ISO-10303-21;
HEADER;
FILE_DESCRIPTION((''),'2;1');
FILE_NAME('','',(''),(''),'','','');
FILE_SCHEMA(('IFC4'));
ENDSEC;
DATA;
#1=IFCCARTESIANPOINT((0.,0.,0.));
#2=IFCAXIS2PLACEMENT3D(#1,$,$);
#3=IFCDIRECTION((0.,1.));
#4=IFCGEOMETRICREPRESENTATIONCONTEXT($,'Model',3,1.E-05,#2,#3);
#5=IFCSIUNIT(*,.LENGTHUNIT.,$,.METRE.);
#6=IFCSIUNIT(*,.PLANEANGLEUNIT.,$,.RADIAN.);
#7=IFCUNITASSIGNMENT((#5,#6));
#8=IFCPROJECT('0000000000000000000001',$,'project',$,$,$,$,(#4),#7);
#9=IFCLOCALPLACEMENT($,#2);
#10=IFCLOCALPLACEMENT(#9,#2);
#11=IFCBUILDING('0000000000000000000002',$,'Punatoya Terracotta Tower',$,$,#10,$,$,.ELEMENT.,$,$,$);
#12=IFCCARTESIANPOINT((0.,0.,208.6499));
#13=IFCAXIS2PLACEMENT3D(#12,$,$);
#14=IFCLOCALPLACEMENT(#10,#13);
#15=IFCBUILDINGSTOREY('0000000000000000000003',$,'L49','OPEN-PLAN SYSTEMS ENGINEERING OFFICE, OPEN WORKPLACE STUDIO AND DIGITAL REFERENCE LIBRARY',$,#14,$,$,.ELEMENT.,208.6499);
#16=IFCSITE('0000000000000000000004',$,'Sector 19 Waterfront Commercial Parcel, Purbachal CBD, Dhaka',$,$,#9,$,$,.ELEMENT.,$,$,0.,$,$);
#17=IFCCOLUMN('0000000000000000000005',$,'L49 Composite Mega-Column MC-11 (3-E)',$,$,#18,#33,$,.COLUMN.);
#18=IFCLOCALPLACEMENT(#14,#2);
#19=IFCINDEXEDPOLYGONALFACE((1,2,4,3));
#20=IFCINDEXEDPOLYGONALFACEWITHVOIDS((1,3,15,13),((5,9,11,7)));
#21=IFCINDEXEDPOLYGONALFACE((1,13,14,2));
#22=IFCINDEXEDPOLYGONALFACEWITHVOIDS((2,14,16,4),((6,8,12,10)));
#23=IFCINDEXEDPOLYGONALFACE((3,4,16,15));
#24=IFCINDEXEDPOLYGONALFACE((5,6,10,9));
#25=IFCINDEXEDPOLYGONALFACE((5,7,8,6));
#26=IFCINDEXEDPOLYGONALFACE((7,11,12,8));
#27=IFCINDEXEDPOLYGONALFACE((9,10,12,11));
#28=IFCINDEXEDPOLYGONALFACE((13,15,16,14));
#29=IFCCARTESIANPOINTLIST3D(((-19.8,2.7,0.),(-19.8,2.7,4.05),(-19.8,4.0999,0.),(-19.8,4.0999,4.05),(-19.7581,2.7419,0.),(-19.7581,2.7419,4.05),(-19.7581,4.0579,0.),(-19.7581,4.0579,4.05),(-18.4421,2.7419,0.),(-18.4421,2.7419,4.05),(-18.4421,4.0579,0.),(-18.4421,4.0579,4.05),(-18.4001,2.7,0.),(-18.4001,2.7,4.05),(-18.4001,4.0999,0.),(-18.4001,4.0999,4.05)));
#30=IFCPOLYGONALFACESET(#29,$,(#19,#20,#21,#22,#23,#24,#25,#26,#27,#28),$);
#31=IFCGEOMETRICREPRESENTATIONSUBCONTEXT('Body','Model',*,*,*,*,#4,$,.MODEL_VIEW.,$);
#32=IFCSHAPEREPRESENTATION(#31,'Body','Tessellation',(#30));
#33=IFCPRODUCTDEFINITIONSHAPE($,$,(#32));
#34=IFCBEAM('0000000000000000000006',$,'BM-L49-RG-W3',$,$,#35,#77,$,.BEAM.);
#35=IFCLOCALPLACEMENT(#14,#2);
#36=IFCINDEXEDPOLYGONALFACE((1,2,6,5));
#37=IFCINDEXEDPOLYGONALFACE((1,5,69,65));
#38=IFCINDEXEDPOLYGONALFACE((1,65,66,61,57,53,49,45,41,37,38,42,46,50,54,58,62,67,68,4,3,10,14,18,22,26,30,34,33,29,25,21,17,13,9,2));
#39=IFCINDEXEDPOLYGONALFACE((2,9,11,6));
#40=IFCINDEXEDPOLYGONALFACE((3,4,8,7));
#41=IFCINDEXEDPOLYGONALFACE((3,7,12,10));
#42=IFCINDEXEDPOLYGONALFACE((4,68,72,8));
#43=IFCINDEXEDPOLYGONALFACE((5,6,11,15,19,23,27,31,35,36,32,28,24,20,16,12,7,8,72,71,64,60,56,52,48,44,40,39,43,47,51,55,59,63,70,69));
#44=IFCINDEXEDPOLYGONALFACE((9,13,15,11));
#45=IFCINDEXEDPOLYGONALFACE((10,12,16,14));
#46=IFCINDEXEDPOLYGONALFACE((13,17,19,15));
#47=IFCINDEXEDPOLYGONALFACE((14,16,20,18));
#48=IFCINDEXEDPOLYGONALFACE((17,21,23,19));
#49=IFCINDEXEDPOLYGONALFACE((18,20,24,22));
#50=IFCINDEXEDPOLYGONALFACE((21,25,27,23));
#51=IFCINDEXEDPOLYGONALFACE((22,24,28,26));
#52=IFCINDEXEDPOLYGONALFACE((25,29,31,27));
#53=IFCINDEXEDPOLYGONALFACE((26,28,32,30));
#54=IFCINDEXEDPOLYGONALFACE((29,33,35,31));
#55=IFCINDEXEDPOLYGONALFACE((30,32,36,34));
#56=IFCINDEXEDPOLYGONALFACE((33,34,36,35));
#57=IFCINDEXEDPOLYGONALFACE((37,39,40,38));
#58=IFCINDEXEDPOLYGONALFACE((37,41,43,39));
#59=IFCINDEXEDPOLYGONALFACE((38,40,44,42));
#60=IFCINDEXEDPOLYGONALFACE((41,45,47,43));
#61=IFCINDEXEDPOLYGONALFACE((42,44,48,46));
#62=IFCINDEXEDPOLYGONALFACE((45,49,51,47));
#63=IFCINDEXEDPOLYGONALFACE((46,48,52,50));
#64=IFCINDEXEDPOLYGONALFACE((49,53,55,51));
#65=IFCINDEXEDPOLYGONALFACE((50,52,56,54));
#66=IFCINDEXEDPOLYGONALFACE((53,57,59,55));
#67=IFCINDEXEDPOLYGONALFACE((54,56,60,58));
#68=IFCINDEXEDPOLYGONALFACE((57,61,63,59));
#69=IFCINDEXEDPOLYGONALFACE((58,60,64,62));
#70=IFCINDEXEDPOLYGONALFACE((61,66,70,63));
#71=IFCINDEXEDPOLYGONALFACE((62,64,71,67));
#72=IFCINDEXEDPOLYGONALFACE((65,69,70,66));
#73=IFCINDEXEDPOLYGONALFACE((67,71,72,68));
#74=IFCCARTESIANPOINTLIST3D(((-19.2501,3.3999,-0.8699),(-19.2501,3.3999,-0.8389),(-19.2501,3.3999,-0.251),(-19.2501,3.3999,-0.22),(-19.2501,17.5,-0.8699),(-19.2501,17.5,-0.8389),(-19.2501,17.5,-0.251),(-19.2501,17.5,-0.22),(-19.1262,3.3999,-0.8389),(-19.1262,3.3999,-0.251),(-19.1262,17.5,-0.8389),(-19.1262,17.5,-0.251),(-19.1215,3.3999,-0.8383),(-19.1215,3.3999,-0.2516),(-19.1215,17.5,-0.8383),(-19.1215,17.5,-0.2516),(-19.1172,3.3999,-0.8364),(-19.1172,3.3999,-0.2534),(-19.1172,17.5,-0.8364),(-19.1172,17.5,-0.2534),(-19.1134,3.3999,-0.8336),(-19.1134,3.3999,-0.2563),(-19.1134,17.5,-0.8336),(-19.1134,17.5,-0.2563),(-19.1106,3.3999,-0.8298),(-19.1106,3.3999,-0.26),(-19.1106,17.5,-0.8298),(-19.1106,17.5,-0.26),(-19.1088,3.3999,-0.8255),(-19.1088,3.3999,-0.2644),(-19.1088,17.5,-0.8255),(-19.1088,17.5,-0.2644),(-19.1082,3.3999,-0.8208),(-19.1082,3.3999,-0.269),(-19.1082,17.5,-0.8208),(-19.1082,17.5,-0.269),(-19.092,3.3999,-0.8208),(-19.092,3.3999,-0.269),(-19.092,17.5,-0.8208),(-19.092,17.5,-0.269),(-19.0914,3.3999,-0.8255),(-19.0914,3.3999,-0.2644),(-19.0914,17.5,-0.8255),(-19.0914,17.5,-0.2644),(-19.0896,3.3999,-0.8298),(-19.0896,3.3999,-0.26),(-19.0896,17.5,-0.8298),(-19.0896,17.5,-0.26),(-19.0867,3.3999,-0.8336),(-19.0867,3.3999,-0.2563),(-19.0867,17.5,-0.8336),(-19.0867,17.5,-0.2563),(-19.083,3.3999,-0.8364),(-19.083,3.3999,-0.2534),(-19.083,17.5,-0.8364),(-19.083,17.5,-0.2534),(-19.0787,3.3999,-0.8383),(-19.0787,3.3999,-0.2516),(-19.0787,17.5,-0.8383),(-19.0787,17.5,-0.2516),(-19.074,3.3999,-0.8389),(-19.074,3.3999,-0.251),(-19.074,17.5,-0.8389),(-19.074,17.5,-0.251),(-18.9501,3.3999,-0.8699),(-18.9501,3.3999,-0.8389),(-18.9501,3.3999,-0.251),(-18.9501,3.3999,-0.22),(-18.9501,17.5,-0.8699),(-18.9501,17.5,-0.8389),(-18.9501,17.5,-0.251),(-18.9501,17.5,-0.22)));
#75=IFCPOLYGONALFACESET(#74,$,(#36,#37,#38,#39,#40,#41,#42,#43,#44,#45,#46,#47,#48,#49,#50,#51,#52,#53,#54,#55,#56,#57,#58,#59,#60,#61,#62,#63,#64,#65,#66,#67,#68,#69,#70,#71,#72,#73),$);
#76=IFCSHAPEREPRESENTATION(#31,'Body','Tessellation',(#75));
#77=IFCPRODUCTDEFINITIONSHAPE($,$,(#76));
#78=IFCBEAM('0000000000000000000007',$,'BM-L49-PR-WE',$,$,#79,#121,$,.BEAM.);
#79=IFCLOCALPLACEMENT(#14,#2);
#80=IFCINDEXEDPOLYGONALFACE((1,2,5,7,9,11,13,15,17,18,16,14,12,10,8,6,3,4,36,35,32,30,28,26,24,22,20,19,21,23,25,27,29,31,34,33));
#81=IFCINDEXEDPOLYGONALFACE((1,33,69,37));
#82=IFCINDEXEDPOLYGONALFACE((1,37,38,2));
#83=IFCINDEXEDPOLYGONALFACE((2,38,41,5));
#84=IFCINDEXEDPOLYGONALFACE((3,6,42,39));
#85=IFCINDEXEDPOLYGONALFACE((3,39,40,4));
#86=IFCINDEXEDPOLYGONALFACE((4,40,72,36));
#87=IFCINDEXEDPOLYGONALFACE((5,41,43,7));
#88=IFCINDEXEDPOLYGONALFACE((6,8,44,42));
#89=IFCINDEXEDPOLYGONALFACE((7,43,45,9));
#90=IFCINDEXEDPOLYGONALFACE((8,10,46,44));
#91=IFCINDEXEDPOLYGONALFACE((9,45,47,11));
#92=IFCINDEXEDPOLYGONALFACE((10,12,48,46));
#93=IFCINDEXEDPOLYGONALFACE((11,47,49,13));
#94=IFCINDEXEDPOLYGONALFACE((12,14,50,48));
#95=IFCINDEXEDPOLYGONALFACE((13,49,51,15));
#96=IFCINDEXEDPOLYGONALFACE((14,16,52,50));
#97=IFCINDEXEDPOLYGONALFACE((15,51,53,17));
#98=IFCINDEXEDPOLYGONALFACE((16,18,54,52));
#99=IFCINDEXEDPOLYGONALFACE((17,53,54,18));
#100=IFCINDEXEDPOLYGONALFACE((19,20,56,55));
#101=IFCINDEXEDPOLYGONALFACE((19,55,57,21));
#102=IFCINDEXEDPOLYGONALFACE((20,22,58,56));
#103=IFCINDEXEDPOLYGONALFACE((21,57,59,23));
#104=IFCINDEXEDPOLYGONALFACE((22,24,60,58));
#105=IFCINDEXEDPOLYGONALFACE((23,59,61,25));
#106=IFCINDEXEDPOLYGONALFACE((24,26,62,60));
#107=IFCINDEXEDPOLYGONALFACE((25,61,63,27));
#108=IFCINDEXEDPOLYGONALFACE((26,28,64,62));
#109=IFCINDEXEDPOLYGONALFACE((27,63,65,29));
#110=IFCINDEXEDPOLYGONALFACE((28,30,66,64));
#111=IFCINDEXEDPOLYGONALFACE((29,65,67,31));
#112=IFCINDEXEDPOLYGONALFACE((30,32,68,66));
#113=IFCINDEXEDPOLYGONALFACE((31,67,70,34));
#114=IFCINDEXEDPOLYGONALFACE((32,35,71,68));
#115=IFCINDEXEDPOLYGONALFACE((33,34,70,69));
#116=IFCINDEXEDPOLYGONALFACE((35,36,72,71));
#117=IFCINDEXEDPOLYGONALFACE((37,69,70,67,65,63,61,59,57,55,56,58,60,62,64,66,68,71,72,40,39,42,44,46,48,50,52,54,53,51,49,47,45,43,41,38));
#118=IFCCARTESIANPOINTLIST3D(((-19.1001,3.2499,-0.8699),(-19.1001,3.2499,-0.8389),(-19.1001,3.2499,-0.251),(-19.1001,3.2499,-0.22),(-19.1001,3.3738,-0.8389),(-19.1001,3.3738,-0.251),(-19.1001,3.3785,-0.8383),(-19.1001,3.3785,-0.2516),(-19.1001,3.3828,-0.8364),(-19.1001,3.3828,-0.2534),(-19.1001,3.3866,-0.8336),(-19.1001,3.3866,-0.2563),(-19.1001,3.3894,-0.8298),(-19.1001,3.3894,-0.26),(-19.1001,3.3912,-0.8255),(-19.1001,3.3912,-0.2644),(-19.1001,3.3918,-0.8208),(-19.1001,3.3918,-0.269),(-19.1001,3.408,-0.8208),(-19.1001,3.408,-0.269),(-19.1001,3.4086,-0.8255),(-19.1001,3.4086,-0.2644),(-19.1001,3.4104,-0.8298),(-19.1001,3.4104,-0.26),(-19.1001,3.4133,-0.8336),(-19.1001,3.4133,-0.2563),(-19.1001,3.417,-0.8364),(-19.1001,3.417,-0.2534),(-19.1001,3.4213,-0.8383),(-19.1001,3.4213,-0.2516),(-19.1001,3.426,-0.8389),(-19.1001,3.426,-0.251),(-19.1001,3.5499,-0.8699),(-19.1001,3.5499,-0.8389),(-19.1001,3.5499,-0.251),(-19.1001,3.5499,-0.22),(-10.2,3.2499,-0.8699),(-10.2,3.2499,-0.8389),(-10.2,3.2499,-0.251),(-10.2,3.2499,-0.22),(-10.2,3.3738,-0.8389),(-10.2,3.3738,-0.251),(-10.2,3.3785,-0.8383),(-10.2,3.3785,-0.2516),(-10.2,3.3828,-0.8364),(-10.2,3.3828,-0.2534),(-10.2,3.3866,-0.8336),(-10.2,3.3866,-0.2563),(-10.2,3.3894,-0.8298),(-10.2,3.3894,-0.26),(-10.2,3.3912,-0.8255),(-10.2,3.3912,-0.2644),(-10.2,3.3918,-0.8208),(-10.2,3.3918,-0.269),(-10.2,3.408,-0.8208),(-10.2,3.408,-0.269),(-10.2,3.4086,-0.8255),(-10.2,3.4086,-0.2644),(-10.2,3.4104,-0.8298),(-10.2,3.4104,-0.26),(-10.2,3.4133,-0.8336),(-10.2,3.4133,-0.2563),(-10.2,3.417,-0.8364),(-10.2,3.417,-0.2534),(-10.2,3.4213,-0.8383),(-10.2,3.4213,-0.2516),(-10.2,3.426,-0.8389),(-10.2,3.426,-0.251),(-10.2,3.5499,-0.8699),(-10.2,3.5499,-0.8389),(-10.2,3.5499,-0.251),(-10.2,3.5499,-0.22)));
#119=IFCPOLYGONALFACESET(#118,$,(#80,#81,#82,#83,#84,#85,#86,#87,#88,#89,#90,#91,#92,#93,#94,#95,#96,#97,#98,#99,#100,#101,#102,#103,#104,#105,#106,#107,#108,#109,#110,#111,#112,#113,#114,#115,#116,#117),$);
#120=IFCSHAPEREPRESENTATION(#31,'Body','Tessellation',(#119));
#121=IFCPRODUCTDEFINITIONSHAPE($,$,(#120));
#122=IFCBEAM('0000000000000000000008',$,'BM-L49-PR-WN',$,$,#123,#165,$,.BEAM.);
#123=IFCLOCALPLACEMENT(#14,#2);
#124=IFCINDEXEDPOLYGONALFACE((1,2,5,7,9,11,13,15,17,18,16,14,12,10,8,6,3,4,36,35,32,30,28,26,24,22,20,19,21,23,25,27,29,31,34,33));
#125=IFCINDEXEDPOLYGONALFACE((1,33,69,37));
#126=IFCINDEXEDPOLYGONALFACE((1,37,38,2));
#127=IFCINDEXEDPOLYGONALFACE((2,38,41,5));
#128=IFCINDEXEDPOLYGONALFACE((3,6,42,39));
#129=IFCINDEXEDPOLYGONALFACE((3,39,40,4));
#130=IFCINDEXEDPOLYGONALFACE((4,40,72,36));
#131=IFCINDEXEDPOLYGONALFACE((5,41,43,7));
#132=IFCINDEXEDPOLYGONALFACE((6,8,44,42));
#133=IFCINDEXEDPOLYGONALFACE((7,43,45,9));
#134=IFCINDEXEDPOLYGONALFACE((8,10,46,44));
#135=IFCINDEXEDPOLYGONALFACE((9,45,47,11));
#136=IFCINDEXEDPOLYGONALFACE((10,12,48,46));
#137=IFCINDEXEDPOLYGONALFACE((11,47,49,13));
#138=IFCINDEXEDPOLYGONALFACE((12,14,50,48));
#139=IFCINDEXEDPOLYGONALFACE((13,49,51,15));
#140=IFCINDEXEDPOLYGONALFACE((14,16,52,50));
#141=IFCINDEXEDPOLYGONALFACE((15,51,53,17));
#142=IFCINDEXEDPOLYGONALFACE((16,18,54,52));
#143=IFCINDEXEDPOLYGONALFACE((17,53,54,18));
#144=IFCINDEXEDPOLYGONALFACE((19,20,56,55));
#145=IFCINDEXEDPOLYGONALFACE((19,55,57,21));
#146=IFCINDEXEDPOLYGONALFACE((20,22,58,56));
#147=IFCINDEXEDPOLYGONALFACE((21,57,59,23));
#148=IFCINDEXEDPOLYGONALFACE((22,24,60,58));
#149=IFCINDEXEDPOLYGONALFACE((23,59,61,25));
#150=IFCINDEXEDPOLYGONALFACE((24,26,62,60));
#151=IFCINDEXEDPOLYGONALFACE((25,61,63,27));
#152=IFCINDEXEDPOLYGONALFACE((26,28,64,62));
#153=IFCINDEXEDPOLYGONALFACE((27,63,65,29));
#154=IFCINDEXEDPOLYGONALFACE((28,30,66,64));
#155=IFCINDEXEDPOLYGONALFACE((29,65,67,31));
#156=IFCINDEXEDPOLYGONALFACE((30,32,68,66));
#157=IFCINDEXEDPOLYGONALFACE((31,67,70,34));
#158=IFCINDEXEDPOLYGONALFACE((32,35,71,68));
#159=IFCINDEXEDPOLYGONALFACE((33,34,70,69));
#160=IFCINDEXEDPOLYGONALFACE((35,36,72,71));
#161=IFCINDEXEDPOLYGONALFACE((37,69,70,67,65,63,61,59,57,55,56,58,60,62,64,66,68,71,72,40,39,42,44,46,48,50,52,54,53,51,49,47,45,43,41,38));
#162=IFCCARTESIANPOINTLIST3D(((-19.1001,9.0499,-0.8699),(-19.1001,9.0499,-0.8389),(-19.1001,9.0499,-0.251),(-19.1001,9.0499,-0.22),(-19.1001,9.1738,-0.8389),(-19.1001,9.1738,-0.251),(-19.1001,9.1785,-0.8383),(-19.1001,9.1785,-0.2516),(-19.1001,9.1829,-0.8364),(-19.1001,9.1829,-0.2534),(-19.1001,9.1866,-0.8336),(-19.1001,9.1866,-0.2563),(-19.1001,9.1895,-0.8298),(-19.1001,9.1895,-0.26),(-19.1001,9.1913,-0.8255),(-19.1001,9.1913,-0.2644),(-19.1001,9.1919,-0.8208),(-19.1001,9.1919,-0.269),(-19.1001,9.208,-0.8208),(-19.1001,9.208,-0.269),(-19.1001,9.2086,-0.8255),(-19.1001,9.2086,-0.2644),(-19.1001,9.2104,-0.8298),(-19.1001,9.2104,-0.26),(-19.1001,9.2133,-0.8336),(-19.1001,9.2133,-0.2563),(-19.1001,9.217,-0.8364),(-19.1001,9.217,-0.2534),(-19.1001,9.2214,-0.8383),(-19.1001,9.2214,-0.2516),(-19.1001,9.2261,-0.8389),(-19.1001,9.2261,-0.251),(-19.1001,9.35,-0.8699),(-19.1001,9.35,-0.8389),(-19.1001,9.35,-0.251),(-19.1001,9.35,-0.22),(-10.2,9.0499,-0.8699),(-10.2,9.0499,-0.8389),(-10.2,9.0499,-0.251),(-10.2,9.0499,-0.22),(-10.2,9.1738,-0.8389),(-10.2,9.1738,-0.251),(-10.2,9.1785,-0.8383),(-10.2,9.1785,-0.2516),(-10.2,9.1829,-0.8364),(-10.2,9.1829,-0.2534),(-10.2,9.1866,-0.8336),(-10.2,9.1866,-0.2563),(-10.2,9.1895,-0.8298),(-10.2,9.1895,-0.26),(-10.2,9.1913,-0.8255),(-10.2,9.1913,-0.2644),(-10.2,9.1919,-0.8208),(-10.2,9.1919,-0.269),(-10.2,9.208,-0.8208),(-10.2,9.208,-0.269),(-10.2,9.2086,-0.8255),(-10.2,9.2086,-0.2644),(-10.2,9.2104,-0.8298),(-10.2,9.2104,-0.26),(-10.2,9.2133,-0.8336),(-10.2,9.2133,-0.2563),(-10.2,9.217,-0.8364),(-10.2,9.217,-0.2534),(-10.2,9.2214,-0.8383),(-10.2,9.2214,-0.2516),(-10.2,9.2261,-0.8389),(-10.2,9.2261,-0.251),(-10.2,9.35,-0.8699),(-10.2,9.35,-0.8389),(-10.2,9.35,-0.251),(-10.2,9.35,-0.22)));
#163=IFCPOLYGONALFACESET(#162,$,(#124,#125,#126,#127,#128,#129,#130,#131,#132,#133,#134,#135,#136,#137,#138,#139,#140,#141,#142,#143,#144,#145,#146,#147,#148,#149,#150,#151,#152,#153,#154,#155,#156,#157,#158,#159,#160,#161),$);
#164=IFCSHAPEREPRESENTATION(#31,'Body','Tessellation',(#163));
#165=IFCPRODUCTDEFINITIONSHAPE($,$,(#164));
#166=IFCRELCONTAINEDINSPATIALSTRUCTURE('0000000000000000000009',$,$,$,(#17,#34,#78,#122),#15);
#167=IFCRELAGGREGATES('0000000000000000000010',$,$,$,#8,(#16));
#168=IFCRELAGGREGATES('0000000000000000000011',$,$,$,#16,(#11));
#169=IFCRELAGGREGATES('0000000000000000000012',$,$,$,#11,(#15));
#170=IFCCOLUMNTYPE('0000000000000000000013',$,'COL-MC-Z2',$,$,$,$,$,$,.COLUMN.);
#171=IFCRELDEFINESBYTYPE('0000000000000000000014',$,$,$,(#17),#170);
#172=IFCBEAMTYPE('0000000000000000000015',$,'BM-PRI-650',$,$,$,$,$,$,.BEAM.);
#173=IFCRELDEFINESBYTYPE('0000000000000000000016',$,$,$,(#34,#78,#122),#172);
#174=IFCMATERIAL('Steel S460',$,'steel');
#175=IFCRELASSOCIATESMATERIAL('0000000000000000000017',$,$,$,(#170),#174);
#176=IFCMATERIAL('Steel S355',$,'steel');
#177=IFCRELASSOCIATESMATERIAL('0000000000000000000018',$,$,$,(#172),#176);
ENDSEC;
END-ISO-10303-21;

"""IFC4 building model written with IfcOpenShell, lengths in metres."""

from ifc_helpers import new_model, si_unit, direction, frame, origin, origin_2d, place, context, subcontext, project, spatial, hollow_rectangle, i_section, extrude, material, material_profile, profile_set, type_object, element, save


model = new_model("IFC4")

# Units and contexts
model_context = context("Model", 3, precision=1e-05, world=origin(), true_north=direction((0.0, 1.0)))
body_context = subcontext(model_context, "Body", "Model", "MODEL_VIEW")
ifc_project = project(units=[si_unit("LENGTHUNIT", "METRE"), si_unit("PLANEANGLEUNIT", "RADIAN")], contexts=[model_context])

# Site, building, storey
site_placement = place(None, origin())
site = spatial("IfcSite", under=ifc_project, at=site_placement, Name="Sector 19 Waterfront Commercial Parcel, Purbachal CBD, Dhaka", CompositionType="ELEMENT", RefElevation=0.0)
building_placement = place(site_placement, origin())
building = spatial("IfcBuilding", under=site, at=building_placement, Name="Punatoya Terracotta Tower", CompositionType="ELEMENT")
storey_placement = place(building_placement, frame((0.0, 0.0, 208.6499)))
storey = spatial("IfcBuildingStorey", under=building, at=storey_placement, Name="L49", Description="OPEN-PLAN SYSTEMS ENGINEERING OFFICE, OPEN WORKPLACE STUDIO AND DIGITAL REFERENCE LIBRARY", CompositionType="ELEMENT", Elevation=208.6499)

# Column
ifc_material_1 = material(Name="Steel S460", Category="steel")
ifc_material_profile_1 = material_profile(ifc_material_1, hollow_rectangle(XDim=1.3999, YDim=1.3999, WallThickness=0.042, at=origin_2d()))
ifc_profile_set_1 = profile_set([ifc_material_profile_1], Name="Steel S460")
column_type = type_object("IfcColumnType", Name="COL-MC-Z2", PredefinedType="COLUMN", material=ifc_profile_set_1)
column_placement = place(storey_placement, frame((-19.1001, 3.3999, 0.0), z_axis=(0.0, 0.0, 1.0), x_axis=(1.0, 0.0, 0.0)))
element("IfcColumn", 1, at=column_placement, inside=storey, type_object=column_type, Name="L49 Composite Mega-Column MC-11 (3-E)", PredefinedType="COLUMN", context=body_context, shape_type="SweptSolid", body=[
    extrude(hollow_rectangle(XDim=1.3999, YDim=1.3999, WallThickness=0.042, at=origin_2d()), origin(), (0.0, 0.0, 1.0), 4.05),
])

# Beams
ifc_material_2 = material(Name="Steel S355", Category="steel")
ifc_material_profile_2 = material_profile(ifc_material_2, i_section(OverallWidth=0.3, OverallDepth=0.6499, WebThickness=0.0161, FlangeThickness=0.031, FilletRadius=0.0181, at=origin_2d()))
ifc_profile_set_2 = profile_set([ifc_material_profile_2], Name="Steel S355")
beam_type_1 = type_object("IfcBeamType", Name="BM-PRI-650", PredefinedType="BEAM", material=ifc_profile_set_2)
beam_1_placement = place(storey_placement, frame((-19.1001, 3.3999, -0.5449), z_axis=(0.0, 1.0, 0.0), x_axis=(-1.0, 0.0, 0.0)))
element("IfcBeam", 2, at=beam_1_placement, inside=storey, type_object=beam_type_1, Name="BM-L49-RG-W3", PredefinedType="BEAM", context=body_context, shape_type="SweptSolid", body=[
    extrude(i_section(OverallWidth=0.3, OverallDepth=0.6499, WebThickness=0.0161, FlangeThickness=0.031, FilletRadius=0.0181, at=origin_2d()), origin(), (0.0, 0.0, 1.0), 14.1001),
])
for number, where, z_axis, x_axis, name in (
    (3, (-19.1001, 3.3999, -0.5449), (1.0, 0.0, 0.0), (0.0, 1.0, 0.0), "BM-L49-PR-WE"),
    (4, (-19.1001, 9.2, -0.5449), (1.0, 0.0, 0.0), (0.0, 1.0, 0.0), "BM-L49-PR-WN"),
):
    element("IfcBeam", number, at=place(storey_placement, frame(where, z_axis=z_axis, x_axis=x_axis)), inside=storey, type_object=beam_type_1, Name=name, PredefinedType="BEAM", context=body_context, shape_type="SweptSolid", body=[
        extrude(i_section(OverallWidth=0.3, OverallDepth=0.6499, WebThickness=0.0161, FlangeThickness=0.031, FilletRadius=0.0181, at=origin_2d()), origin(), (0.0, 0.0, 1.0), 8.9001),
    ])

save(model, "model.ifc")
